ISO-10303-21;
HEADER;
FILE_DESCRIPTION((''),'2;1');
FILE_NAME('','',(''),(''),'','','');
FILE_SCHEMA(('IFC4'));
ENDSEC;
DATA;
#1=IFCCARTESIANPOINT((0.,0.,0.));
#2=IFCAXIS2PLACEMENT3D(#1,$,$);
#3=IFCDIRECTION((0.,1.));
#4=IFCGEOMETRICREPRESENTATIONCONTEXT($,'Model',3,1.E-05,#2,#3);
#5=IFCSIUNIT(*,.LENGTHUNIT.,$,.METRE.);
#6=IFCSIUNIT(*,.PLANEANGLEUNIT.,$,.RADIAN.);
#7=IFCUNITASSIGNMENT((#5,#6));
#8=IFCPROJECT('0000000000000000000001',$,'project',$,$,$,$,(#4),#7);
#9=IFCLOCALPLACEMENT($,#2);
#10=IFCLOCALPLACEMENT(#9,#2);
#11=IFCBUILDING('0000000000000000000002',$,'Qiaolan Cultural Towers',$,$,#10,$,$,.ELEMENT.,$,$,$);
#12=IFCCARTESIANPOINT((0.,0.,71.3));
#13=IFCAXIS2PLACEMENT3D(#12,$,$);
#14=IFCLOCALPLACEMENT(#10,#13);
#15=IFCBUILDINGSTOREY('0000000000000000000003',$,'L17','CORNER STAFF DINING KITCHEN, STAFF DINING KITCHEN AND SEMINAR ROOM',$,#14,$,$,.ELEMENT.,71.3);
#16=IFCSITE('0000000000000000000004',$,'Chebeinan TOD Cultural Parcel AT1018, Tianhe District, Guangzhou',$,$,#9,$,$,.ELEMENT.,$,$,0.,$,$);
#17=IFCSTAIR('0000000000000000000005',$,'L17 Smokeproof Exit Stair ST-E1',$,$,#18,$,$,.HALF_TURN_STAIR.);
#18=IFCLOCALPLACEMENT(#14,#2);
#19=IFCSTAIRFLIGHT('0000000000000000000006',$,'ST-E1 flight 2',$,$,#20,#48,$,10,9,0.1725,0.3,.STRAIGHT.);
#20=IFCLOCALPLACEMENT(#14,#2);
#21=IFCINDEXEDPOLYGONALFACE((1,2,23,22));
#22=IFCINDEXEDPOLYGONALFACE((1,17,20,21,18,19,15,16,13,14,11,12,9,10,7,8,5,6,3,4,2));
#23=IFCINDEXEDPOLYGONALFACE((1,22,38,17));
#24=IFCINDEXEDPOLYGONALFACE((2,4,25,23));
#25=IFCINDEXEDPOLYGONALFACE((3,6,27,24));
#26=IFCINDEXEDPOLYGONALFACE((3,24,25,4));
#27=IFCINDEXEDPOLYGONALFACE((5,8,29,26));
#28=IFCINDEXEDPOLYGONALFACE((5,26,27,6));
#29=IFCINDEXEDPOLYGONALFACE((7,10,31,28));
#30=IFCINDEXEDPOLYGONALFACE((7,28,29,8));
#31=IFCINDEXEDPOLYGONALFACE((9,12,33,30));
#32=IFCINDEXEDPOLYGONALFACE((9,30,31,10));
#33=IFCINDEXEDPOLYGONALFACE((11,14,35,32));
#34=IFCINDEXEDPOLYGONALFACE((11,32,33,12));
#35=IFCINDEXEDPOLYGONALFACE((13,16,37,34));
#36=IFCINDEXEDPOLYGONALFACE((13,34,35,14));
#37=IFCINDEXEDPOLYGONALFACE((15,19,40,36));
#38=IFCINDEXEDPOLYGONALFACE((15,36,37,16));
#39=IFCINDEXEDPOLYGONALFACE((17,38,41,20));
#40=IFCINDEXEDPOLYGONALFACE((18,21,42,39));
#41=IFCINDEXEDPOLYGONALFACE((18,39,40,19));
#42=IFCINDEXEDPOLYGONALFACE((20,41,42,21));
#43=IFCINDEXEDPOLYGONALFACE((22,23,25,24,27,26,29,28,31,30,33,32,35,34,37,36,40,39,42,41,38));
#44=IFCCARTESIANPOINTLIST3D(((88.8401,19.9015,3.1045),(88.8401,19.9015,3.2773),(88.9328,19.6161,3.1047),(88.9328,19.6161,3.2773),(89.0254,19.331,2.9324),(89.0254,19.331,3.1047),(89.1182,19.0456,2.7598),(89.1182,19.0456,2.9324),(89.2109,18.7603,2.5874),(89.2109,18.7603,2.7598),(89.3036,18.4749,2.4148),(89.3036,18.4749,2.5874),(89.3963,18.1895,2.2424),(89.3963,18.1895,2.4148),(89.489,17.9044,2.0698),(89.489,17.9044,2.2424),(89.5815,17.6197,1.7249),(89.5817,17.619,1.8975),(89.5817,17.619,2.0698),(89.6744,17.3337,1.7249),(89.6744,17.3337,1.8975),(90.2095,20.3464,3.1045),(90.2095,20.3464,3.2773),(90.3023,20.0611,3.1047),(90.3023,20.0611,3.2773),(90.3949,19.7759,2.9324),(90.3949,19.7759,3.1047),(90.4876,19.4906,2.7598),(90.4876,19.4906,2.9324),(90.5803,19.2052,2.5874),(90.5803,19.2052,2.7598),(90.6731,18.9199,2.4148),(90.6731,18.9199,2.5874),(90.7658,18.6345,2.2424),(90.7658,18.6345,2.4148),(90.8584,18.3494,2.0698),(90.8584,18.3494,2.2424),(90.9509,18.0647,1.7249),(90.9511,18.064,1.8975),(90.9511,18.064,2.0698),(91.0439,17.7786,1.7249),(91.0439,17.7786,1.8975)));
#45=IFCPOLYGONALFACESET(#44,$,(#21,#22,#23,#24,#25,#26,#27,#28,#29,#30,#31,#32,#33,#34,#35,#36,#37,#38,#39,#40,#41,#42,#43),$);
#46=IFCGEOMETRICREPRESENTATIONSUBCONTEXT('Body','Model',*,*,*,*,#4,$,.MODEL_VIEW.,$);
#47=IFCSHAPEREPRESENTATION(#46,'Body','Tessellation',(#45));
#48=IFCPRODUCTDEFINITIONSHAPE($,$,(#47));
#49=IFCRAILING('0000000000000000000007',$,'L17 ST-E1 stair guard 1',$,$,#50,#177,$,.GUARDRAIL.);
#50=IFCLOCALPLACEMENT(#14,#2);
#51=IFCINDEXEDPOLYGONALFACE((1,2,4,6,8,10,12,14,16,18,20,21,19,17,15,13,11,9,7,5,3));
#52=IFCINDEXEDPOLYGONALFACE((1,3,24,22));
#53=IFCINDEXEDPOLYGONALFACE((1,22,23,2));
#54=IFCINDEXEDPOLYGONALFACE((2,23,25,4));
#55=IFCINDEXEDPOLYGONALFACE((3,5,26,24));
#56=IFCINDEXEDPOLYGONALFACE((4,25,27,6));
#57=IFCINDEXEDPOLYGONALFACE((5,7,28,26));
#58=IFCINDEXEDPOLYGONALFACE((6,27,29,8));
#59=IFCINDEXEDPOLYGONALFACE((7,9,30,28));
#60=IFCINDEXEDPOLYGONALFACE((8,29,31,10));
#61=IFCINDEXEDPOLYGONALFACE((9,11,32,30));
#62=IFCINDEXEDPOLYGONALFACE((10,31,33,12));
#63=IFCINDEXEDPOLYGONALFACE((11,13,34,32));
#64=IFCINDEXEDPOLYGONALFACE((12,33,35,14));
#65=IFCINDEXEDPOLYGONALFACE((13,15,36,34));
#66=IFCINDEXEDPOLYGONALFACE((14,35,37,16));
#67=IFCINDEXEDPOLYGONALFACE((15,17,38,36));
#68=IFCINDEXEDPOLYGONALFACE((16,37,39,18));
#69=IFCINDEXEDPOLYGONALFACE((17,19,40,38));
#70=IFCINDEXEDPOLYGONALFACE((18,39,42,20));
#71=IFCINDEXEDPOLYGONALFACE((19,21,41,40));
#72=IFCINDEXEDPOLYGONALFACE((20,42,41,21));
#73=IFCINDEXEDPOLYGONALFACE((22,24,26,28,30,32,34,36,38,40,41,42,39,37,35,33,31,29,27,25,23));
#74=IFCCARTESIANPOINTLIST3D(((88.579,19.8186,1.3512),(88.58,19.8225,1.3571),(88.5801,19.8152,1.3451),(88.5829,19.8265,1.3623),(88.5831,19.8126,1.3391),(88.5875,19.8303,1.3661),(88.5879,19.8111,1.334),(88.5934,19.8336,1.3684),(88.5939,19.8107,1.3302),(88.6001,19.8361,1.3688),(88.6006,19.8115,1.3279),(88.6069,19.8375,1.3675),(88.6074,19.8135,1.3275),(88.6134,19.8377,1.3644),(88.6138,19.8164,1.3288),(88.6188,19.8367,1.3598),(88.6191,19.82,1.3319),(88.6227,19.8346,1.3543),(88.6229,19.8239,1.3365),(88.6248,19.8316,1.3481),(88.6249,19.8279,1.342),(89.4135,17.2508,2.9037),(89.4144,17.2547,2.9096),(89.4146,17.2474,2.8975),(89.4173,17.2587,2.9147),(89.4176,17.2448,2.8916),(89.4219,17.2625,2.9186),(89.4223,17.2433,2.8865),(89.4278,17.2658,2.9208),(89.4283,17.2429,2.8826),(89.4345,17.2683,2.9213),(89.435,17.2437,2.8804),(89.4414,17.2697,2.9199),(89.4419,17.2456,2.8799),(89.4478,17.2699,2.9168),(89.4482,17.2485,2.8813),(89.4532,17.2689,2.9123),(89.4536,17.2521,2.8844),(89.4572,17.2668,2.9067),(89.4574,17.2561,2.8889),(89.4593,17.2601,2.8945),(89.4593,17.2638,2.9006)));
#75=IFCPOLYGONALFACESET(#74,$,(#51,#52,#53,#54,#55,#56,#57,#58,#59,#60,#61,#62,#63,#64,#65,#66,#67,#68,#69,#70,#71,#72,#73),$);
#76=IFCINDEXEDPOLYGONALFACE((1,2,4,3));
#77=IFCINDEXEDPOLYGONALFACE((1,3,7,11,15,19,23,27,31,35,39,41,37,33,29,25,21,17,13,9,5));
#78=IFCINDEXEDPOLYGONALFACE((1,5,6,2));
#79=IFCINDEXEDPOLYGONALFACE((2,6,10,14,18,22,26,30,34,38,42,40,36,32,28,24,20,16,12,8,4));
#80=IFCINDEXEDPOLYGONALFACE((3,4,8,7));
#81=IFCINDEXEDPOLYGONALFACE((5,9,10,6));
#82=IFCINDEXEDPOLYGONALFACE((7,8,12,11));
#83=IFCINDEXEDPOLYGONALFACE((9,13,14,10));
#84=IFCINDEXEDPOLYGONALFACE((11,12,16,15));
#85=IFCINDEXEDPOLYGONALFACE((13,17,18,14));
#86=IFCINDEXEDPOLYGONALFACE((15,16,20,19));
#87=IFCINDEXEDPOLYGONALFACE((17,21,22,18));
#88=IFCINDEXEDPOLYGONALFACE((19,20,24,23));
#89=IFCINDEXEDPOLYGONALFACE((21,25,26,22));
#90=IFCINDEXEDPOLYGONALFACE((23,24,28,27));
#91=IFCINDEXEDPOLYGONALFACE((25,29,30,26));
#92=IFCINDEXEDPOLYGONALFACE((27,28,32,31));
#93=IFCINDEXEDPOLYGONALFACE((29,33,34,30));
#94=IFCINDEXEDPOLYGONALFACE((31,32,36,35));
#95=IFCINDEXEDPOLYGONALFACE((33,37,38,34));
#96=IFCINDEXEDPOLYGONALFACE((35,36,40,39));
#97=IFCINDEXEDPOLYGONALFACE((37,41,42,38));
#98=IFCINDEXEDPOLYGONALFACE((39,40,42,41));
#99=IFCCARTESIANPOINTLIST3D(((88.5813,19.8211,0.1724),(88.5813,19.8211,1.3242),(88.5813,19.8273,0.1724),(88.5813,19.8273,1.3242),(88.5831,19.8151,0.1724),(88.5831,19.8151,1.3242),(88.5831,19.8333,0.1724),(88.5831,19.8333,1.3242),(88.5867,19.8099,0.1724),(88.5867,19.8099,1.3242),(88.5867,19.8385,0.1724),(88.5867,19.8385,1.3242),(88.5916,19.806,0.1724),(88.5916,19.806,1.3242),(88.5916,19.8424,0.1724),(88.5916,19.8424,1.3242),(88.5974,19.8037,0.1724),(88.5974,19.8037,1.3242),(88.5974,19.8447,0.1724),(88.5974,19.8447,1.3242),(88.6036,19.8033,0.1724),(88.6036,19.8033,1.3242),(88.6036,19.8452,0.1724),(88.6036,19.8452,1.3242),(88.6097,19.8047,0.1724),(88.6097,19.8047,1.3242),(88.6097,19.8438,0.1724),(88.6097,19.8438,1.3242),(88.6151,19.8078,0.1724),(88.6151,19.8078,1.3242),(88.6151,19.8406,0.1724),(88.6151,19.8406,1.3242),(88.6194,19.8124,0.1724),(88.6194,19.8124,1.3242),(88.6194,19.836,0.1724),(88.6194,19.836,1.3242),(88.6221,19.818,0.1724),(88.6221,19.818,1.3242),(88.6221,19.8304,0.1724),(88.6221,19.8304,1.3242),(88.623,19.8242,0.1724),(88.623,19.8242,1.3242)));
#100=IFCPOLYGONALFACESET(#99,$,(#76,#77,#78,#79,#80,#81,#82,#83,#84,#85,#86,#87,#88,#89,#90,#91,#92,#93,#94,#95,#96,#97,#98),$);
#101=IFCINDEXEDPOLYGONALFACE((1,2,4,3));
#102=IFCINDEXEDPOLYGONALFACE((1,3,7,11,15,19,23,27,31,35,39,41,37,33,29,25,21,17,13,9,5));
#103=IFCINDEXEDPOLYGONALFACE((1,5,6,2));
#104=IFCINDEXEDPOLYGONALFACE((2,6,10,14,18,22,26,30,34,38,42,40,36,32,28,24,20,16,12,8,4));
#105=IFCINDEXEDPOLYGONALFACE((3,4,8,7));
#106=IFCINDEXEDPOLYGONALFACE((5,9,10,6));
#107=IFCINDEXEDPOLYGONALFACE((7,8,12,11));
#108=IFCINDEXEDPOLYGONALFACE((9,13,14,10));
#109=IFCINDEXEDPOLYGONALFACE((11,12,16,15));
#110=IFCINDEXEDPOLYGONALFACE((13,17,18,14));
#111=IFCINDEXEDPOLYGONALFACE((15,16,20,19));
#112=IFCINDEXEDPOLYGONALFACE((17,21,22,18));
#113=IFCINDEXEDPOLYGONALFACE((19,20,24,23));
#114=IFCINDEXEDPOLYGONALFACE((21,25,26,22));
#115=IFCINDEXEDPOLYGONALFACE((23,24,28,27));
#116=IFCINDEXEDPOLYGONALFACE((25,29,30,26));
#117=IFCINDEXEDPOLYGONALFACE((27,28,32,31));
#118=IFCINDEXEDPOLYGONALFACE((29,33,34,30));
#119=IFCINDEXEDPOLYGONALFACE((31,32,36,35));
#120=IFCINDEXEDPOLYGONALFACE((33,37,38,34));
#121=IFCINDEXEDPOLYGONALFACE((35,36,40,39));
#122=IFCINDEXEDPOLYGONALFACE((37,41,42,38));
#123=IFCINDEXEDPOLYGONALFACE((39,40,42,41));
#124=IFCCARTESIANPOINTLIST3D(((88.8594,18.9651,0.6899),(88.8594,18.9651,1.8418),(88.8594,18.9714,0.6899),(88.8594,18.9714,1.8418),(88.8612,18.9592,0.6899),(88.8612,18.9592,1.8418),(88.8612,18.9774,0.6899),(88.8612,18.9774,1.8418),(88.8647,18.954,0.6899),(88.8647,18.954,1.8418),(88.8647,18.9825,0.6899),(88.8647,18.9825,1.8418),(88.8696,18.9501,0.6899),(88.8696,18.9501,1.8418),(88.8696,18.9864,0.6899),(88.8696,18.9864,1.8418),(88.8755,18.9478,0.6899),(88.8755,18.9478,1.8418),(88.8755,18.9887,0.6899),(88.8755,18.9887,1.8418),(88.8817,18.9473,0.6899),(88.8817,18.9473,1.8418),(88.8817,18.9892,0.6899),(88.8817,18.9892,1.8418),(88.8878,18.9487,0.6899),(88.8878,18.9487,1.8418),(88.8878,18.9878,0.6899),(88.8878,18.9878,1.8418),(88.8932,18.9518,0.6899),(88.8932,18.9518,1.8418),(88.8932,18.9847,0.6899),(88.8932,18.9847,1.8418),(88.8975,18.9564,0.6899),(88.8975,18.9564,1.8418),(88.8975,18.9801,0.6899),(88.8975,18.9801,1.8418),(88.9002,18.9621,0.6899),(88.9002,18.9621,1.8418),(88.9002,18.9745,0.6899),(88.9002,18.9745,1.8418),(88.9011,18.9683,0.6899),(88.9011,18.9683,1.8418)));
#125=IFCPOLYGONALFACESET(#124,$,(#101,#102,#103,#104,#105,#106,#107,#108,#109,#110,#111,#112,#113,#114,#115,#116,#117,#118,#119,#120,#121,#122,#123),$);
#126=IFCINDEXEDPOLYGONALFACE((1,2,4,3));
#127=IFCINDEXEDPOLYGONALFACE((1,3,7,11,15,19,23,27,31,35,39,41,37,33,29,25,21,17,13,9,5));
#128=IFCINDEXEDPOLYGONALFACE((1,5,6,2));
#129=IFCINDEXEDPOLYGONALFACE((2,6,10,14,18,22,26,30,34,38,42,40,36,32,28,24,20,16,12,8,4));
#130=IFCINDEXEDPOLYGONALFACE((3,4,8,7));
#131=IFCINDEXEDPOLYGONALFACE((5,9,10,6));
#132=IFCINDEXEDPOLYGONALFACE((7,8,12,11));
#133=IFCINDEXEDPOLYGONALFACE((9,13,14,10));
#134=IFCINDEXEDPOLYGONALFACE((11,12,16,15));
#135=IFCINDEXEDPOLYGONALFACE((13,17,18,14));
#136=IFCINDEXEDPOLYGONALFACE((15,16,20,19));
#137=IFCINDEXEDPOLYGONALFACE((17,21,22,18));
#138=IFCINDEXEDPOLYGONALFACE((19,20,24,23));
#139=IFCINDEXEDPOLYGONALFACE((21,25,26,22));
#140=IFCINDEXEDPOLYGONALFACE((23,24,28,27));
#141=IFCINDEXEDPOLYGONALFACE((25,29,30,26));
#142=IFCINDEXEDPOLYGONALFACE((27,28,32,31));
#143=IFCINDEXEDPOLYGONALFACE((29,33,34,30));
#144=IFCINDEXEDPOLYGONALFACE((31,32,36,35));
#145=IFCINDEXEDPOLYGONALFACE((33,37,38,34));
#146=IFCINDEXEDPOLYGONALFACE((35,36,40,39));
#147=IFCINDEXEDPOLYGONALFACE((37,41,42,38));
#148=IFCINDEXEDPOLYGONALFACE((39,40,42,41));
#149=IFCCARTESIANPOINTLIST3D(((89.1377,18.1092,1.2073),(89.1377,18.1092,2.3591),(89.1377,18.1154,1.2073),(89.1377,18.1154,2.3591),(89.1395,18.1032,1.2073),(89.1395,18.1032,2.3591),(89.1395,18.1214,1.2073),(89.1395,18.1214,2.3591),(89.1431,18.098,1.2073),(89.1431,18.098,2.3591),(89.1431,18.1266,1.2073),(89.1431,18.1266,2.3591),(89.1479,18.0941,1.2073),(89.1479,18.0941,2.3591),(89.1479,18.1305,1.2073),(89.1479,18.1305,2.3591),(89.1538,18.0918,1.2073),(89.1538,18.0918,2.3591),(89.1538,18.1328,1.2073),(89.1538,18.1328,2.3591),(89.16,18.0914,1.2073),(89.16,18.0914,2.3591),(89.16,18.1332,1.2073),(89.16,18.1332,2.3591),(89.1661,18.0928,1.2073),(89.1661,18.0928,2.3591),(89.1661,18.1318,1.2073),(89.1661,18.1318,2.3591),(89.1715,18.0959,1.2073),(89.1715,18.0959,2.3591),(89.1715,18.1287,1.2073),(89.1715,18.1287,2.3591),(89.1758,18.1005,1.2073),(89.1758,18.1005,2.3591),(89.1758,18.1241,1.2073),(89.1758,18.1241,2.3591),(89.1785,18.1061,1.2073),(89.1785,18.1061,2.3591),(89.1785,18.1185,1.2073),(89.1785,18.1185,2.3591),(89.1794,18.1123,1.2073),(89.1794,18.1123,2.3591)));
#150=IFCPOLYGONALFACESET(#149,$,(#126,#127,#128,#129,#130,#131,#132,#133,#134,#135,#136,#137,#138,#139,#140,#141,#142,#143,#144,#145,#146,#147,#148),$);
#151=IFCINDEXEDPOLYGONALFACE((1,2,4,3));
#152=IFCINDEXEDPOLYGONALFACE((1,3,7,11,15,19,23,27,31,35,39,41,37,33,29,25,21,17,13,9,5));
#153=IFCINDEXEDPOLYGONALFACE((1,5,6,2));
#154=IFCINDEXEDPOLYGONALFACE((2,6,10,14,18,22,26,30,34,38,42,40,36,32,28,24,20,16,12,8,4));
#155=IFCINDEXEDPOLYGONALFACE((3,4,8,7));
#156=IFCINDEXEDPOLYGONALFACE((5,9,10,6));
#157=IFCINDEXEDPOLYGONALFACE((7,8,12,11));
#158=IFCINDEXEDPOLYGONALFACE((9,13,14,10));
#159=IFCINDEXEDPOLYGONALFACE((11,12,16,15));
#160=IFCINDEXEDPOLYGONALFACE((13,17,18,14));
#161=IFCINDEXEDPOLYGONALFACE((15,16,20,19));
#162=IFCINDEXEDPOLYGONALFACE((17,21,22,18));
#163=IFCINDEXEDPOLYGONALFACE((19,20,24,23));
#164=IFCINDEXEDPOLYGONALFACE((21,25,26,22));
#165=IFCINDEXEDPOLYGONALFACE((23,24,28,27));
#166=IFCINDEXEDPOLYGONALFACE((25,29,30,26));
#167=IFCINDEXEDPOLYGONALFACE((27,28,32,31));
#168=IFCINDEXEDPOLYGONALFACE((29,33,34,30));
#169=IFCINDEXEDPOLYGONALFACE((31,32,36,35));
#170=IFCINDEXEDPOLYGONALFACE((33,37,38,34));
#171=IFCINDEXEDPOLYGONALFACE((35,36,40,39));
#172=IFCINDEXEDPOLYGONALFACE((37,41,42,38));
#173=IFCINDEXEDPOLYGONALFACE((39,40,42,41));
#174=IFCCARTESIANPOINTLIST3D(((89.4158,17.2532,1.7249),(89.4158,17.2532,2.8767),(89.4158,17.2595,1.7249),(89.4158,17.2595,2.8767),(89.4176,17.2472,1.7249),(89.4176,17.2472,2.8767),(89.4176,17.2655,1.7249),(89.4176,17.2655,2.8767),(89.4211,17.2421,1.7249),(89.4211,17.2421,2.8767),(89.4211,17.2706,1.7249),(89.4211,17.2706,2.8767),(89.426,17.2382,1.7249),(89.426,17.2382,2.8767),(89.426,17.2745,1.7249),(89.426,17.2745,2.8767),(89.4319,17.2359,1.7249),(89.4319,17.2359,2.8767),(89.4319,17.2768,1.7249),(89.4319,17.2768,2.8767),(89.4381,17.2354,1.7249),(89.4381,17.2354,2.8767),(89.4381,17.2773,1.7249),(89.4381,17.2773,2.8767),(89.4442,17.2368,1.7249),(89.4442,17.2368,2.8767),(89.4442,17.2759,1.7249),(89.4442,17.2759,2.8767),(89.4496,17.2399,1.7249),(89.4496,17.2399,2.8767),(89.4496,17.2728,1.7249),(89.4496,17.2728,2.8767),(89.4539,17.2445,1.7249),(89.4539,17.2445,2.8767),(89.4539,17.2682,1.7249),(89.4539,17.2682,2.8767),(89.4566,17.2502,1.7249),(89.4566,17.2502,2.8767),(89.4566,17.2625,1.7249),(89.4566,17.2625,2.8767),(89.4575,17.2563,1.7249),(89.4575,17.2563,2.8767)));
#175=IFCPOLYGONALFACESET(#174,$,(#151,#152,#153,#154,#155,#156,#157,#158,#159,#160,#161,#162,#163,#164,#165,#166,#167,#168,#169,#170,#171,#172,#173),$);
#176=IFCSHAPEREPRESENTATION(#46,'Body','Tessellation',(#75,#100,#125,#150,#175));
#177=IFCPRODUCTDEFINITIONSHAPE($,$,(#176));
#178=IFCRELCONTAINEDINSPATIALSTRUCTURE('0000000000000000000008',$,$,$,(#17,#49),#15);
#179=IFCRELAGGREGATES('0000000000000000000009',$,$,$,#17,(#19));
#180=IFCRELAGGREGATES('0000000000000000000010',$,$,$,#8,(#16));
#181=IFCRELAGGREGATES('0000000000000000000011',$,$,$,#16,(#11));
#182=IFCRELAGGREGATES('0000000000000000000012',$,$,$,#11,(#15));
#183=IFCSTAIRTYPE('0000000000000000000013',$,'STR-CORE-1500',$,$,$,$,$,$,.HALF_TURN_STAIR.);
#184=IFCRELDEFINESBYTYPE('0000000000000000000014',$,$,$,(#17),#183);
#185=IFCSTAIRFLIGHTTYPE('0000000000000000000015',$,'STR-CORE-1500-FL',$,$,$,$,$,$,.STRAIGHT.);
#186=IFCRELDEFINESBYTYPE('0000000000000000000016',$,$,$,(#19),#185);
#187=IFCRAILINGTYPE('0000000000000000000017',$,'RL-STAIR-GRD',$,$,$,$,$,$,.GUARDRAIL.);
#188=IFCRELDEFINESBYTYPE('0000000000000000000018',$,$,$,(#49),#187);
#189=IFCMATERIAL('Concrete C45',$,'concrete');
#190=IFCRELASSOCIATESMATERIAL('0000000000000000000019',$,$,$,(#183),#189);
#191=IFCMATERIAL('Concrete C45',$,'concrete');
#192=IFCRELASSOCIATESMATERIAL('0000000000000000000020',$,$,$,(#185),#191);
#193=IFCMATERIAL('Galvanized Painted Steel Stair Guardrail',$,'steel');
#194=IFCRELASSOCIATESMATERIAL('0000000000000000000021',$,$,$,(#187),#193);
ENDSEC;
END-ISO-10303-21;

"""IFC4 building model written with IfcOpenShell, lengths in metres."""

from ifc_helpers import new_model, si_unit, direction, frame, origin, origin_2d, place, context, subcontext, project, spatial, polyline, circle, outline, extrude, material, type_object, element, aggregate, save


model = new_model("IFC4")

# Units and contexts
model_context = context("Model", 3, precision=1e-05, world=origin(), true_north=direction((0.0, 1.0)))
body_context = subcontext(model_context, "Body", "Model", "MODEL_VIEW")
ifc_project = project(units=[si_unit("LENGTHUNIT", "METRE"), si_unit("PLANEANGLEUNIT", "RADIAN")], contexts=[model_context])

# Site, building, storey
site_placement = place(None, origin())
site = spatial("IfcSite", under=ifc_project, at=site_placement, Name="Chebeinan TOD Cultural Parcel AT1018, Tianhe District, Guangzhou", CompositionType="ELEMENT", RefElevation=0.0)
building_placement = place(site_placement, origin())
building = spatial("IfcBuilding", under=site, at=building_placement, Name="Qiaolan Cultural Towers", CompositionType="ELEMENT")
storey_placement = place(building_placement, frame((0.0, 0.0, 71.3)))
storey = spatial("IfcBuildingStorey", under=building, at=storey_placement, Name="L17", Description="CORNER STAFF DINING KITCHEN, STAFF DINING KITCHEN AND SEMINAR ROOM", CompositionType="ELEMENT", Elevation=71.3)

# Stair, stair flight
ifc_material_1 = material(Name="Concrete C45", Category="concrete")
stair_type = type_object("IfcStairType", Name="STR-CORE-1500", PredefinedType="HALF_TURN_STAIR", material=ifc_material_1)
stair_placement = place(storey_placement, origin())
stair = element("IfcStair", 1, at=stair_placement, inside=storey, type_object=stair_type, Name="L17 Smokeproof Exit Stair ST-E1", PredefinedType="HALF_TURN_STAIR")
ifc_material_2 = material(Name="Concrete C45", Category="concrete")
stair_flight_type = type_object("IfcStairFlightType", Name="STR-CORE-1500-FL", PredefinedType="STRAIGHT", material=ifc_material_2)
stair_flight_1_placement = place(storey_placement, frame((90.3591, 17.5562, 1.7249), z_axis=(0.0, 0.0, 1.0), x_axis=(-0.309017, 0.951057, 0.0)))
stair_flight_1 = element("IfcStairFlight", 2, at=stair_flight_1_placement, type_object=stair_flight_type, Name="ST-E1 flight 2", NumberOfRisers=10, NumberOfTreads=9, PredefinedType="STRAIGHT", RiserHeight=0.1725, TreadLength=0.3, context=body_context, shape_type="SweptSolid", body=[
    extrude(outline(polyline([(0.0, 0.0), (0.0, 0.1726), (0.3, 0.1726), (0.3, 0.345), (0.6001, 0.345), (0.6001, 0.5176), (0.8999, 0.5176), (0.8999, 0.6899), (1.2, 0.6899), (1.2, 0.8625), (1.5, 0.8625), (1.5, 1.0349), (1.8, 1.0349), (1.8, 1.2075), (2.1001, 1.2075), (2.1001, 1.3799), (2.3999, 1.3799), (2.3999, 1.5525), (2.7, 1.5525), (2.7, 1.7251), (2.7, 1.3796), (0.3008, 0.0), (0.0, 0.0)])), frame((0.0, 0.72, 0.0), z_axis=(0.0, -1.0, 0.0), x_axis=(1.0, 0.0, 0.0)), (0.0, 0.0, 1.0), 1.4399),
])
aggregate(stair, [stair_flight_1])

# Railing
ifc_material_3 = material(Name="Galvanized Painted Steel Stair Guardrail", Category="steel")
railing_type_1 = type_object("IfcRailingType", Name="RL-STAIR-GRD", PredefinedType="GUARDRAIL", material=ifc_material_3)
railing_1_placement = place(storey_placement, frame((88.6021, 19.8242, 0.1724)))
element("IfcRailing", 3, at=railing_1_placement, inside=storey, type_object=railing_type_1, Name="L17 ST-E1 stair guard 1", PredefinedType="GUARDRAIL", context=body_context, shape_type="SweptSolid", body=[
    extrude(circle(Radius=0.0239, at=origin_2d()), frame((0.0, 0.0, 1.1758), z_axis=(0.267926, -0.824471, 0.498461), x_axis=(0.951043, 0.309057, 0.0)), (0.0, 0.0, 1.0), 3.1145),
    extrude(circle(Radius=0.021, at=origin_2d()), origin(), (0.0, 0.0, 1.0), 1.1519),
    extrude(circle(Radius=0.021, at=origin_2d()), frame((0.2781, -0.856, 0.5176)), (0.0, 0.0, 1.0), 1.1519),
    extrude(circle(Radius=0.021, at=origin_2d()), frame((0.5564, -1.7119, 1.0349)), (0.0, 0.0, 1.0), 1.1519),
    extrude(circle(Radius=0.021, at=origin_2d()), frame((0.8345, -2.5679, 1.5525)), (0.0, 0.0, 1.0), 1.1519),
])

save(model, "model.ifc")
